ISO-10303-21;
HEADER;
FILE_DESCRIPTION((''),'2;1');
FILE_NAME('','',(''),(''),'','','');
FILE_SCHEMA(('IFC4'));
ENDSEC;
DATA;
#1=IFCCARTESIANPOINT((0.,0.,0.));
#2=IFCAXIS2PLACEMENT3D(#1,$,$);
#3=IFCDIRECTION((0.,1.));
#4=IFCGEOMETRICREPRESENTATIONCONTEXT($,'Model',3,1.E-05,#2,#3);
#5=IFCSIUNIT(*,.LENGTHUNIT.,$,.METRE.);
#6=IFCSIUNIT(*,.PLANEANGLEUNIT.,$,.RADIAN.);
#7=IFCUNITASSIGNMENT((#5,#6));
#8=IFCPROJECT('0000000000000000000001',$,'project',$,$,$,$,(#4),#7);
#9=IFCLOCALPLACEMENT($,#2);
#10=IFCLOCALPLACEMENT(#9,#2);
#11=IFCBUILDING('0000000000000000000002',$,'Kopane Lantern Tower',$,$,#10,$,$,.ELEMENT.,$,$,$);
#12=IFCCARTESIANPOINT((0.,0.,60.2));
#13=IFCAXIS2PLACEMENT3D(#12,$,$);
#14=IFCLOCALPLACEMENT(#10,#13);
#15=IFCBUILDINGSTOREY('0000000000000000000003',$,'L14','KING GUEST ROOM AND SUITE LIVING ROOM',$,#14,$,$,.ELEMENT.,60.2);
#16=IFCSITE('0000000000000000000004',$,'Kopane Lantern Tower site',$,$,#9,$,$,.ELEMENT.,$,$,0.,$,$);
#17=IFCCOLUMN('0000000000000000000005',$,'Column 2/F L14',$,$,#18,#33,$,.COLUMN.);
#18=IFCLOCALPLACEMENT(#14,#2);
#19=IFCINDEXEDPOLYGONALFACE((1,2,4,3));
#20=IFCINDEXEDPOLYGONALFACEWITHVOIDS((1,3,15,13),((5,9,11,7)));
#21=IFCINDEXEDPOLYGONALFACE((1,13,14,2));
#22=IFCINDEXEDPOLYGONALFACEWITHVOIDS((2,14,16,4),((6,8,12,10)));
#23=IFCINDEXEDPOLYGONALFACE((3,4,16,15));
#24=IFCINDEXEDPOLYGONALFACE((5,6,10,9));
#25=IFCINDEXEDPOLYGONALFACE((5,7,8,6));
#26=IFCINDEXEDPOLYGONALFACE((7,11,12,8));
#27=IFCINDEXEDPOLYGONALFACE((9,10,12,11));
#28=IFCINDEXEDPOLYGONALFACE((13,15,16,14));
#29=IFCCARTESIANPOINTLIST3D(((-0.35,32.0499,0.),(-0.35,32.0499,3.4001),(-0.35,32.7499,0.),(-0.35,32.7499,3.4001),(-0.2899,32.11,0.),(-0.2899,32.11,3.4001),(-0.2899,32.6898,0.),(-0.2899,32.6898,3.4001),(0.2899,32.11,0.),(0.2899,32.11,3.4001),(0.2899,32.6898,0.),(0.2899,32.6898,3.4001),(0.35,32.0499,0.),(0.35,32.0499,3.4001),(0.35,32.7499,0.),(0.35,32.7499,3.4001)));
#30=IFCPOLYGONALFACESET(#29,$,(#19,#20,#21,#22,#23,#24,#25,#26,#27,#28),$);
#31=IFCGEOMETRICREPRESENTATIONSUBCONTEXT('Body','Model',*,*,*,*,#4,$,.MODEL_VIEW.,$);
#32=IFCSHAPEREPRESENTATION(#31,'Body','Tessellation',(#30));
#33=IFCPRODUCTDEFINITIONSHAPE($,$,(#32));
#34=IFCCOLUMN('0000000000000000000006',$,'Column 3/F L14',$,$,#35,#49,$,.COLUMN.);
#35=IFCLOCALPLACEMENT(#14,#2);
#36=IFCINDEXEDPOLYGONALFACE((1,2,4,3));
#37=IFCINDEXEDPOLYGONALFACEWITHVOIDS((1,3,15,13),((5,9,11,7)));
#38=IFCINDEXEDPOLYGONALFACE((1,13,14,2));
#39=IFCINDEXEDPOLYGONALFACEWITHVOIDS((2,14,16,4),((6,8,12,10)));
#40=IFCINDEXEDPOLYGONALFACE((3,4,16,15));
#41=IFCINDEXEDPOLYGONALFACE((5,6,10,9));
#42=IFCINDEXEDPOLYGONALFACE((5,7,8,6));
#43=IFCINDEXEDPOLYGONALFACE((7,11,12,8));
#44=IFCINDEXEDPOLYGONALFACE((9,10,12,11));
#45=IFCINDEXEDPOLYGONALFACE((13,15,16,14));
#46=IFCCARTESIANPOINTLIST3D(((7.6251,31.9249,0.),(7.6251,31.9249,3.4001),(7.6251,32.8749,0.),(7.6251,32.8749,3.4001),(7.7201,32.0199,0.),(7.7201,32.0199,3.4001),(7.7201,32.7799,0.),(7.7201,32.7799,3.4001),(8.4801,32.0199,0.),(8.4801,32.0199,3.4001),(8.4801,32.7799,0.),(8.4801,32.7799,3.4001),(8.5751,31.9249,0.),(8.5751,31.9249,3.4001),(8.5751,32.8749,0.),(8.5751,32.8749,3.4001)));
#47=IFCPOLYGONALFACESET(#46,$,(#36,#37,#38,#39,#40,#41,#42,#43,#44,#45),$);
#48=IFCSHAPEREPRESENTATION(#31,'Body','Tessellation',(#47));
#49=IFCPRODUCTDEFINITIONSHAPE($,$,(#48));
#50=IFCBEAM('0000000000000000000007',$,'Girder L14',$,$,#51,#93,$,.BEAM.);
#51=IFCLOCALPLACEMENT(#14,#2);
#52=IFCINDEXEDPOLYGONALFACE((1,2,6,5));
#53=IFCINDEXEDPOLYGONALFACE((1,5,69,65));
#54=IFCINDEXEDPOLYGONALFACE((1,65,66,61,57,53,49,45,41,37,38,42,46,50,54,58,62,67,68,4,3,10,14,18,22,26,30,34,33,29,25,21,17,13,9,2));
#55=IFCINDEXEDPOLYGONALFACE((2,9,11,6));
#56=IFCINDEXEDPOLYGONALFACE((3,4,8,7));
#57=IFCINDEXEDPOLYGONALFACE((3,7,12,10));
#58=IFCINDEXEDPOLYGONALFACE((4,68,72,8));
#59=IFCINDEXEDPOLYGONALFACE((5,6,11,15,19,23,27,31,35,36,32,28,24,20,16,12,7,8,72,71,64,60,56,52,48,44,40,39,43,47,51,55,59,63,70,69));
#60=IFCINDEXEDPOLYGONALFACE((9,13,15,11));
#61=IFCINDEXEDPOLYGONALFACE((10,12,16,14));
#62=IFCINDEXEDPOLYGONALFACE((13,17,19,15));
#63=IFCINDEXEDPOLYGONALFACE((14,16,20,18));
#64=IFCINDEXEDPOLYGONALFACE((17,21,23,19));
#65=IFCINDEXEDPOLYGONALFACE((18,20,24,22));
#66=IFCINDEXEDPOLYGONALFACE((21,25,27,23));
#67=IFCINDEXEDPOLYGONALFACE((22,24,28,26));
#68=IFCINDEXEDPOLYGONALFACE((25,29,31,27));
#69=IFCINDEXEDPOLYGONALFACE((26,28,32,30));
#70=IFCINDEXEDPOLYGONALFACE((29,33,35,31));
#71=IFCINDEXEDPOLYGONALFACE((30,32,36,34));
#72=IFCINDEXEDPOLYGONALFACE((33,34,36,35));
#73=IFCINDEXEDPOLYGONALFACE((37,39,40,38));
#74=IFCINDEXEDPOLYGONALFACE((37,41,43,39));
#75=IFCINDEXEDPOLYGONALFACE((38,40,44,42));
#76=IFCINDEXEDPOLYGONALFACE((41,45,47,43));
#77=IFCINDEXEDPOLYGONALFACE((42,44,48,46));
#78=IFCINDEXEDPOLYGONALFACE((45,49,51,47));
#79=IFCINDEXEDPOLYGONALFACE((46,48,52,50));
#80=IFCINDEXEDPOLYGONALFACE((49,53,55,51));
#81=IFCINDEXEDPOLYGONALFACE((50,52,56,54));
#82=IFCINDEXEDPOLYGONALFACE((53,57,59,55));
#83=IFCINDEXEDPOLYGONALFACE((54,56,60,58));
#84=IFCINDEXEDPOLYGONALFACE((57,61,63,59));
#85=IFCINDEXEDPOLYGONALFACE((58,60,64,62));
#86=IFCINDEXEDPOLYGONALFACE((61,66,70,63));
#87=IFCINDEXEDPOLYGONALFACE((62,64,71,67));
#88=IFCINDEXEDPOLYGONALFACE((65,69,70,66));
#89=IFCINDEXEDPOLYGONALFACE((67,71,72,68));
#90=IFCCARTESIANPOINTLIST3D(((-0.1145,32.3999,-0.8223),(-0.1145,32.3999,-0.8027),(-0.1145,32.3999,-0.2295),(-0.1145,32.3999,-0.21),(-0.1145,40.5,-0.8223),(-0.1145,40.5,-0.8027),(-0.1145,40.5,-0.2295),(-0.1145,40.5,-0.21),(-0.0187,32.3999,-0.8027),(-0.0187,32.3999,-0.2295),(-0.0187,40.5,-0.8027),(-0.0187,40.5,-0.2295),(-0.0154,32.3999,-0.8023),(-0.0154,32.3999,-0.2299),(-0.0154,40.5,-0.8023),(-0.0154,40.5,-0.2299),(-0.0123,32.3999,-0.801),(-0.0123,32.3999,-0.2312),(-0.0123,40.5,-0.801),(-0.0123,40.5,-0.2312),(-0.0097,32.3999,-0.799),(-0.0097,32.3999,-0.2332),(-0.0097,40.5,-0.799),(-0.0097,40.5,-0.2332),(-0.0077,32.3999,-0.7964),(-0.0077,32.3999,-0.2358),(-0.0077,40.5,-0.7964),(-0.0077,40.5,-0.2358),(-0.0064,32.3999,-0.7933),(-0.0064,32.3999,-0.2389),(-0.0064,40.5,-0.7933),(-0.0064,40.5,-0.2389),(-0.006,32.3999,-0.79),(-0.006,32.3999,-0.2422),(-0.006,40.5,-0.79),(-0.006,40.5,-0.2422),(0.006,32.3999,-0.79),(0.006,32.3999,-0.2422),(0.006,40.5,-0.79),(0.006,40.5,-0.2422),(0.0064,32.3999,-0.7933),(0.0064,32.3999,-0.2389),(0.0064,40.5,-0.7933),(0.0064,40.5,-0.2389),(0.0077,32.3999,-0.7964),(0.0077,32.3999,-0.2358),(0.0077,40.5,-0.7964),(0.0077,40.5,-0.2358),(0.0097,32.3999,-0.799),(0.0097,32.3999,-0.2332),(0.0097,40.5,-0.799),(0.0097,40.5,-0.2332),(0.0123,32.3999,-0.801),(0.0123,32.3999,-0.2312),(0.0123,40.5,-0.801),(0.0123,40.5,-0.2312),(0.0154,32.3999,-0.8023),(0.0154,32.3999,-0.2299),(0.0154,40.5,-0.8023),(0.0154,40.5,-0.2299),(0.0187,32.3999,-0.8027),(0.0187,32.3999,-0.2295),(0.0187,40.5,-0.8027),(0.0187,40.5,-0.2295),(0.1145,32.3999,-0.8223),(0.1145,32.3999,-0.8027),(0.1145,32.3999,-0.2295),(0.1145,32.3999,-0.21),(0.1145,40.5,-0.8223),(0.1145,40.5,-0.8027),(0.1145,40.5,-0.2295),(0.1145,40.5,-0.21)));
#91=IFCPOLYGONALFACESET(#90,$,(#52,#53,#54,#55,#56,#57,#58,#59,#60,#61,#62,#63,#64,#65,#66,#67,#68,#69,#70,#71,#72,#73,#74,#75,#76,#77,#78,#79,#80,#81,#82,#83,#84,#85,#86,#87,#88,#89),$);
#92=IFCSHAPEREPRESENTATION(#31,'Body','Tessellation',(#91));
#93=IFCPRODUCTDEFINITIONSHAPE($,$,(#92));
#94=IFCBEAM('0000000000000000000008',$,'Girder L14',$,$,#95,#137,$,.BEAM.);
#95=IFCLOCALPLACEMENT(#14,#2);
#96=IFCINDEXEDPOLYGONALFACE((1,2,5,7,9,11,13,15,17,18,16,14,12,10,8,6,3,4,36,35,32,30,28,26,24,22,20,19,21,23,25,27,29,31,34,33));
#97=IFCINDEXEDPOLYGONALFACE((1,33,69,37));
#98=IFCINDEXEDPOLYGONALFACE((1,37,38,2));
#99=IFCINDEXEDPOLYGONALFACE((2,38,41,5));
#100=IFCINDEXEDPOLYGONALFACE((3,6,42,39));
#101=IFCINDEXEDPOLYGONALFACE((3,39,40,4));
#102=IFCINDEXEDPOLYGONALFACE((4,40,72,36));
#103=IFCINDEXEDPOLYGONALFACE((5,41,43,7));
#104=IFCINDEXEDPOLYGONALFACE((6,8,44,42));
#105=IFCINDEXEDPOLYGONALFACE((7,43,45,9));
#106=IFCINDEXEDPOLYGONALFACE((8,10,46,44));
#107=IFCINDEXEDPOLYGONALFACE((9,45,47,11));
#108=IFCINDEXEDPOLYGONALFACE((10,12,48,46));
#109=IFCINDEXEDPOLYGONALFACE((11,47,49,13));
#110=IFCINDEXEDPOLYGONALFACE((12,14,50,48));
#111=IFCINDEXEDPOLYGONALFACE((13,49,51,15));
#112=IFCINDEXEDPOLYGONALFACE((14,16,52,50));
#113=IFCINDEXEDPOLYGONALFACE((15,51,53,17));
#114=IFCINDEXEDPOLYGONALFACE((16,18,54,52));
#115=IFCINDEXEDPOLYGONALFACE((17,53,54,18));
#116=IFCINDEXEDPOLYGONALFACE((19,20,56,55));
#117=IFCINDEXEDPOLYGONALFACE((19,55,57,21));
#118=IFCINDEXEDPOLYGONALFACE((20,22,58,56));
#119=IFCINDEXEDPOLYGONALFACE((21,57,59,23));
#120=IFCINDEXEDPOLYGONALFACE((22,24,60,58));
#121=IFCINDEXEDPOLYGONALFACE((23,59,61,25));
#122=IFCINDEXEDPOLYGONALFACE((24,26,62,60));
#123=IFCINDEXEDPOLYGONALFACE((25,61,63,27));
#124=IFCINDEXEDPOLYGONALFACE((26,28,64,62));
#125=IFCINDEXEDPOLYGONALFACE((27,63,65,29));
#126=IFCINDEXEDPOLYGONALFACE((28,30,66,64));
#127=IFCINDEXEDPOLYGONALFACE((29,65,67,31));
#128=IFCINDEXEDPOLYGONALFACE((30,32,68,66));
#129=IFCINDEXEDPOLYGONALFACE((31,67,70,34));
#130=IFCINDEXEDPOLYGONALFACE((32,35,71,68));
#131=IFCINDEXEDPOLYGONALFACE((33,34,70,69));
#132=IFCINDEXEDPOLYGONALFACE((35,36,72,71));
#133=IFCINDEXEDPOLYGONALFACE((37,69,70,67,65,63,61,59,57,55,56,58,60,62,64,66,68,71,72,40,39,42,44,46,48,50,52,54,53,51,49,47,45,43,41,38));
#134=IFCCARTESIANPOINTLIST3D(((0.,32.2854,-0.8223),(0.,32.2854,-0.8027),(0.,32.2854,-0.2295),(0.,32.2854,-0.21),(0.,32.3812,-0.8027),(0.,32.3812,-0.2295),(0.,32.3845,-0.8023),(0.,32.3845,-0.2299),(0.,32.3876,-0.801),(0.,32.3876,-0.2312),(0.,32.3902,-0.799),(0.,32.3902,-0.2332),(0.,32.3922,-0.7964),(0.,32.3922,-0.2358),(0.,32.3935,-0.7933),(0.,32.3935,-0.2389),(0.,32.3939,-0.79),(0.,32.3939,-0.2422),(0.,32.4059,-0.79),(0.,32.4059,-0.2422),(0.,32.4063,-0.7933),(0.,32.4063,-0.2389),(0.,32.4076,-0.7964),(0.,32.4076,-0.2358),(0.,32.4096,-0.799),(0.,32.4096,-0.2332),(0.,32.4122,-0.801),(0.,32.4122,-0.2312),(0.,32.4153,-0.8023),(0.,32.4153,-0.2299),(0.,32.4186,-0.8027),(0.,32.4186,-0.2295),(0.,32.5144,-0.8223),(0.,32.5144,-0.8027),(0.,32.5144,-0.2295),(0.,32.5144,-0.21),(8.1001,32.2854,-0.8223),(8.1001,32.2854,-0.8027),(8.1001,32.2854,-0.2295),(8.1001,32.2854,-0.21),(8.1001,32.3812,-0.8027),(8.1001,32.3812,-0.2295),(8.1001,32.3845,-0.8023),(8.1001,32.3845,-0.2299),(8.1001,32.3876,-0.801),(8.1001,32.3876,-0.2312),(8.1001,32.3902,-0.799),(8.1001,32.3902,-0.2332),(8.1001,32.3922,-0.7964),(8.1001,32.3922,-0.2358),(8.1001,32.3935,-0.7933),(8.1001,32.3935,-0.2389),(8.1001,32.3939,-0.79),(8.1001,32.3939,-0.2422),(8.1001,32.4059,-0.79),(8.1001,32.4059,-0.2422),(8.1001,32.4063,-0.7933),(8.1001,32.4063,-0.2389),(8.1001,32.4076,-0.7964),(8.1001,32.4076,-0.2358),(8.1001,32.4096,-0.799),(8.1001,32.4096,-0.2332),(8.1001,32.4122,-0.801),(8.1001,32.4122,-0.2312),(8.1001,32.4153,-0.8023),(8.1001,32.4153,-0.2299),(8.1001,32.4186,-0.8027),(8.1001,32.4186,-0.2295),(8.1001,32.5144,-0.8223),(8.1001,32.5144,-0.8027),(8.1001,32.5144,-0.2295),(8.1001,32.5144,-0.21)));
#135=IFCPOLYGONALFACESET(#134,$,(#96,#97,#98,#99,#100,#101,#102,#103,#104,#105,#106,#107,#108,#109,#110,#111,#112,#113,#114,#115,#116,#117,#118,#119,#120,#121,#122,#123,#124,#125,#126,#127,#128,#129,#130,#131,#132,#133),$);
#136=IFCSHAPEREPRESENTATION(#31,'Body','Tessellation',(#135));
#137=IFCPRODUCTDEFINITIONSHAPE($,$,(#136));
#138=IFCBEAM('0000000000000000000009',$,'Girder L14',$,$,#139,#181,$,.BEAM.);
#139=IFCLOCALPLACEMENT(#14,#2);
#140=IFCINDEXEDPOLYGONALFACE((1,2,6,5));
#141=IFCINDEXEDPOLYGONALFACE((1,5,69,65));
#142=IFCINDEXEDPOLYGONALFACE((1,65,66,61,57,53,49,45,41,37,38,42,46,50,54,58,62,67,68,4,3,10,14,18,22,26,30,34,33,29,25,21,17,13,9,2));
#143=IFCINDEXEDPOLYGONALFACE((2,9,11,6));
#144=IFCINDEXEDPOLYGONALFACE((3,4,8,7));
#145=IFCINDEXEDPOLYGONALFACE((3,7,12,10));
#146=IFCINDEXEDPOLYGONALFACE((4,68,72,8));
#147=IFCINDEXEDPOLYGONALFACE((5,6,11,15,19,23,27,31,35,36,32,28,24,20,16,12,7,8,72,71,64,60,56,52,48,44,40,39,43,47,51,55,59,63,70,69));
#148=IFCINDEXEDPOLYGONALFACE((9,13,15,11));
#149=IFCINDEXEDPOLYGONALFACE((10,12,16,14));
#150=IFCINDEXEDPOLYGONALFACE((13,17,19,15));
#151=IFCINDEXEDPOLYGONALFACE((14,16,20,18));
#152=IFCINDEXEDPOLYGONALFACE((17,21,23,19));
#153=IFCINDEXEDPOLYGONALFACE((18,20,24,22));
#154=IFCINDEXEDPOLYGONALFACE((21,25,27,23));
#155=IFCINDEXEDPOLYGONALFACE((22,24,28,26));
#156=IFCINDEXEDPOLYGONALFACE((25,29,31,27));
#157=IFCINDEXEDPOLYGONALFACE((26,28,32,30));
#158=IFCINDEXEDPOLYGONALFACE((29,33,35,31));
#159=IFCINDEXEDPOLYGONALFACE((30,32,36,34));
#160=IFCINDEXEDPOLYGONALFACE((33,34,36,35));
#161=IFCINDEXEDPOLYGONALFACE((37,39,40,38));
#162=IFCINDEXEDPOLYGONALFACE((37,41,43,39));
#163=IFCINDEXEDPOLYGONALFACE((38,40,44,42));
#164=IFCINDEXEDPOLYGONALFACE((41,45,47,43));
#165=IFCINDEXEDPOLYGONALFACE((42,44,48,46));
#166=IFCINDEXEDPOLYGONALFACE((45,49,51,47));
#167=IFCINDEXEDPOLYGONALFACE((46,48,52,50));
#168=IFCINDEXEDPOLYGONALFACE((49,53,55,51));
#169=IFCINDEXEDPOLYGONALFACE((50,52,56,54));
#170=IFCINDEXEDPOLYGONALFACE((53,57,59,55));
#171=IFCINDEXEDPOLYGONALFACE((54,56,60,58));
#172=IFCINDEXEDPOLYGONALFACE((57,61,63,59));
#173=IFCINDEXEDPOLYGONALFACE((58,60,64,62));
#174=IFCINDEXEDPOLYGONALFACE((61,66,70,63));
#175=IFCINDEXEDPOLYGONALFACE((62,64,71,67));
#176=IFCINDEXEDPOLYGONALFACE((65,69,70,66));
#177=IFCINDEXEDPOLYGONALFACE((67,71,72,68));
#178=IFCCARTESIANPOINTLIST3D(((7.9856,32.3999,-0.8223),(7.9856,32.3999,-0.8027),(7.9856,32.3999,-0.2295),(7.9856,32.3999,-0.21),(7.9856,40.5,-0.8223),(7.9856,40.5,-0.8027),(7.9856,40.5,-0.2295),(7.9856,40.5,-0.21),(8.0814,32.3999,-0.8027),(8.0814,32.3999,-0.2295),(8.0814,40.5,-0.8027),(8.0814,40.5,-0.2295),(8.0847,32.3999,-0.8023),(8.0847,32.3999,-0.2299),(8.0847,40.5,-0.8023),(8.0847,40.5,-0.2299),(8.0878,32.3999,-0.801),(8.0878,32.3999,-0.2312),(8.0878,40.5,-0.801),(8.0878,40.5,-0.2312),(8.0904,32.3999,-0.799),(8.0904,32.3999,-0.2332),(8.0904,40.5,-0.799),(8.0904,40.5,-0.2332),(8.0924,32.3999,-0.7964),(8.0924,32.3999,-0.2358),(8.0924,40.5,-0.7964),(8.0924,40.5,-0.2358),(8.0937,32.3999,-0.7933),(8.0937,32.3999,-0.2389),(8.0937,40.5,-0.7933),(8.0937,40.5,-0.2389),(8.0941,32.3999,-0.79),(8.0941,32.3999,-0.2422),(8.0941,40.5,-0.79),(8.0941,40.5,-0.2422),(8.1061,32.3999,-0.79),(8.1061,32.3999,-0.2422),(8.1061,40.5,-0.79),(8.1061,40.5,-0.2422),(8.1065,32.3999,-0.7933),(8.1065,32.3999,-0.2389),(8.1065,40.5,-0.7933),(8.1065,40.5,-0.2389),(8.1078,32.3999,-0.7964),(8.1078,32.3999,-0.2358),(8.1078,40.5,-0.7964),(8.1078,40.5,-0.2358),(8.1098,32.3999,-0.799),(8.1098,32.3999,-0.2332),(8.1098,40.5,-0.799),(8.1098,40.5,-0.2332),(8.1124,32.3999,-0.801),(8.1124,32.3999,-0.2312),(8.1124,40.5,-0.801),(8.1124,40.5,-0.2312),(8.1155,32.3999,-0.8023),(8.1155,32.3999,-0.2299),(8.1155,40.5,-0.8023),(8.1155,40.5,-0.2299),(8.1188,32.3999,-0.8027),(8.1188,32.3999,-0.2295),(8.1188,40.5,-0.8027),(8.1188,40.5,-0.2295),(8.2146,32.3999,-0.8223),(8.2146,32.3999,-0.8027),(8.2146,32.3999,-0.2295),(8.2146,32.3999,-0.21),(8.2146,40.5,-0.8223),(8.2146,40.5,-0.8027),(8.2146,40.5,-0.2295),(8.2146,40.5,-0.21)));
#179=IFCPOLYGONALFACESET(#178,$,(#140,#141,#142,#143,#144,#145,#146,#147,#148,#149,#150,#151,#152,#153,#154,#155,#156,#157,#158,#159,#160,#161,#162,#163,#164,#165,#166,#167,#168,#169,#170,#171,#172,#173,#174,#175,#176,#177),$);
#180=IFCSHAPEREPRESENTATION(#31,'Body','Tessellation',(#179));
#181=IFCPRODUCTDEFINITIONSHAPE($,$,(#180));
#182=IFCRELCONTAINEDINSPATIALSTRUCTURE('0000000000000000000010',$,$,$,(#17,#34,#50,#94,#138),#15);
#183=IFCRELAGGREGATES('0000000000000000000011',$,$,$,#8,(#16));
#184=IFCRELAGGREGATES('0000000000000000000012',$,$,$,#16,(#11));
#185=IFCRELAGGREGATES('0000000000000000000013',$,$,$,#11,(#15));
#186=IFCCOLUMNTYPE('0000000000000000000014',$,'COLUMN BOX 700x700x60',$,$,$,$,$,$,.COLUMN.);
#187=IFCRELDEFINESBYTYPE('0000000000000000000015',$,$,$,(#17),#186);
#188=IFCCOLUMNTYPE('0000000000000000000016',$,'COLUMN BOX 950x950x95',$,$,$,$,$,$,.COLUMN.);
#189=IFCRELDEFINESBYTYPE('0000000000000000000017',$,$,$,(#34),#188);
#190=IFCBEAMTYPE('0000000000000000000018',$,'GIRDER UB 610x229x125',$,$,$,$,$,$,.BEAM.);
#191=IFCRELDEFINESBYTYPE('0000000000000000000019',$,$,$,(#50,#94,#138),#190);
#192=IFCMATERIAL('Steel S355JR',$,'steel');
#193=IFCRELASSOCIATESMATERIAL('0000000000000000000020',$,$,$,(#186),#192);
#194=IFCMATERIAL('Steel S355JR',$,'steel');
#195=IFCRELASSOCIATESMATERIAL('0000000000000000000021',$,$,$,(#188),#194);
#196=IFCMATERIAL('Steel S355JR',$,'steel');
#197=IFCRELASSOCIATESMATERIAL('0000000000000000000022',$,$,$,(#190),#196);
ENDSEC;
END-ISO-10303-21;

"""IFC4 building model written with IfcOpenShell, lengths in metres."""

from ifc_helpers import new_model, si_unit, direction, frame, origin, origin_2d, place, context, subcontext, project, spatial, hollow_rectangle, i_section, extrude, material, material_profile, profile_set, type_object, element, save


model = new_model("IFC4")

# Units and contexts
model_context = context("Model", 3, precision=1e-05, world=origin(), true_north=direction((0.0, 1.0)))
body_context = subcontext(model_context, "Body", "Model", "MODEL_VIEW")
ifc_project = project(units=[si_unit("LENGTHUNIT", "METRE"), si_unit("PLANEANGLEUNIT", "RADIAN")], contexts=[model_context])

# Site, building, storey
site_placement = place(None, origin())
site = spatial("IfcSite", under=ifc_project, at=site_placement, Name="Kopane Lantern Tower site", CompositionType="ELEMENT", RefElevation=0.0)
building_placement = place(site_placement, origin())
building = spatial("IfcBuilding", under=site, at=building_placement, Name="Kopane Lantern Tower", CompositionType="ELEMENT")
storey_placement = place(building_placement, frame((0.0, 0.0, 60.2)))
storey = spatial("IfcBuildingStorey", under=building, at=storey_placement, Name="L14", Description="KING GUEST ROOM AND SUITE LIVING ROOM", CompositionType="ELEMENT", Elevation=60.2)

# Columns
ifc_material_1 = material(Name="Steel S355JR", Category="steel")
ifc_material_profile_1 = material_profile(ifc_material_1, hollow_rectangle(XDim=0.7, YDim=0.7, WallThickness=0.0601, at=origin_2d()), Name="BOX 700x700x60")
ifc_profile_set_1 = profile_set([ifc_material_profile_1], Name="Steel S355JR")
column_type_1 = type_object("IfcColumnType", Name="COLUMN BOX 700x700x60", PredefinedType="COLUMN", material=ifc_profile_set_1)
column_1_placement = place(storey_placement, frame((0.0, 32.3999, 0.0), z_axis=(0.0, 0.0, 1.0), x_axis=(1.0, 0.0, 0.0)))
element("IfcColumn", 1, at=column_1_placement, inside=storey, type_object=column_type_1, Name="Column 2/F L14", PredefinedType="COLUMN", context=body_context, shape_type="SweptSolid", body=[
    extrude(hollow_rectangle(XDim=0.7, YDim=0.7, WallThickness=0.0601, at=origin_2d()), origin(), (0.0, 0.0, 1.0), 3.4001),
])
ifc_material_2 = material(Name="Steel S355JR", Category="steel")
ifc_material_profile_2 = material_profile(ifc_material_2, hollow_rectangle(XDim=0.95, YDim=0.95, WallThickness=0.095, at=origin_2d()), Name="BOX 950x950x95")
ifc_profile_set_2 = profile_set([ifc_material_profile_2], Name="Steel S355JR")
column_type_2 = type_object("IfcColumnType", Name="COLUMN BOX 950x950x95", PredefinedType="COLUMN", material=ifc_profile_set_2)
column_2_placement = place(storey_placement, frame((8.1001, 32.3999, 0.0), z_axis=(0.0, 0.0, 1.0), x_axis=(1.0, 0.0, 0.0)))
element("IfcColumn", 2, at=column_2_placement, inside=storey, type_object=column_type_2, Name="Column 3/F L14", PredefinedType="COLUMN", context=body_context, shape_type="SweptSolid", body=[
    extrude(hollow_rectangle(XDim=0.95, YDim=0.95, WallThickness=0.095, at=origin_2d()), origin(), (0.0, 0.0, 1.0), 3.4001),
])

# Beams
ifc_material_3 = material(Name="Steel S355JR", Category="steel")
ifc_material_profile_3 = material_profile(ifc_material_3, i_section(OverallWidth=0.229, OverallDepth=0.6123, WebThickness=0.012, FlangeThickness=0.0195, FilletRadius=0.0127, at=origin_2d()), Name="UB 610x229x125")
ifc_profile_set_3 = profile_set([ifc_material_profile_3], Name="Steel S355JR")
beam_type = type_object("IfcBeamType", Name="GIRDER UB 610x229x125", PredefinedType="BEAM", material=ifc_profile_set_3)
for number, where, z_axis, x_axis, name in (
    (3, (0.0, 32.3999, -0.5161), (0.0, 1.0, 0.0), (-1.0, 0.0, 0.0), "Girder L14"),
    (4, (0.0, 32.3999, -0.5161), (1.0, 0.0, 0.0), (0.0, 1.0, 0.0), "Girder L14"),
    (5, (8.1001, 32.3999, -0.5161), (0.0, 1.0, 0.0), (-1.0, 0.0, 0.0), "Girder L14"),
):
    element("IfcBeam", number, at=place(storey_placement, frame(where, z_axis=z_axis, x_axis=x_axis)), inside=storey, type_object=beam_type, Name=name, PredefinedType="BEAM", context=body_context, shape_type="SweptSolid", body=[
        extrude(i_section(OverallWidth=0.229, OverallDepth=0.6123, WebThickness=0.012, FlangeThickness=0.0195, FilletRadius=0.0127, at=origin_2d()), origin(), (0.0, 0.0, 1.0), 8.1001),
    ])

save(model, "model.ifc")
